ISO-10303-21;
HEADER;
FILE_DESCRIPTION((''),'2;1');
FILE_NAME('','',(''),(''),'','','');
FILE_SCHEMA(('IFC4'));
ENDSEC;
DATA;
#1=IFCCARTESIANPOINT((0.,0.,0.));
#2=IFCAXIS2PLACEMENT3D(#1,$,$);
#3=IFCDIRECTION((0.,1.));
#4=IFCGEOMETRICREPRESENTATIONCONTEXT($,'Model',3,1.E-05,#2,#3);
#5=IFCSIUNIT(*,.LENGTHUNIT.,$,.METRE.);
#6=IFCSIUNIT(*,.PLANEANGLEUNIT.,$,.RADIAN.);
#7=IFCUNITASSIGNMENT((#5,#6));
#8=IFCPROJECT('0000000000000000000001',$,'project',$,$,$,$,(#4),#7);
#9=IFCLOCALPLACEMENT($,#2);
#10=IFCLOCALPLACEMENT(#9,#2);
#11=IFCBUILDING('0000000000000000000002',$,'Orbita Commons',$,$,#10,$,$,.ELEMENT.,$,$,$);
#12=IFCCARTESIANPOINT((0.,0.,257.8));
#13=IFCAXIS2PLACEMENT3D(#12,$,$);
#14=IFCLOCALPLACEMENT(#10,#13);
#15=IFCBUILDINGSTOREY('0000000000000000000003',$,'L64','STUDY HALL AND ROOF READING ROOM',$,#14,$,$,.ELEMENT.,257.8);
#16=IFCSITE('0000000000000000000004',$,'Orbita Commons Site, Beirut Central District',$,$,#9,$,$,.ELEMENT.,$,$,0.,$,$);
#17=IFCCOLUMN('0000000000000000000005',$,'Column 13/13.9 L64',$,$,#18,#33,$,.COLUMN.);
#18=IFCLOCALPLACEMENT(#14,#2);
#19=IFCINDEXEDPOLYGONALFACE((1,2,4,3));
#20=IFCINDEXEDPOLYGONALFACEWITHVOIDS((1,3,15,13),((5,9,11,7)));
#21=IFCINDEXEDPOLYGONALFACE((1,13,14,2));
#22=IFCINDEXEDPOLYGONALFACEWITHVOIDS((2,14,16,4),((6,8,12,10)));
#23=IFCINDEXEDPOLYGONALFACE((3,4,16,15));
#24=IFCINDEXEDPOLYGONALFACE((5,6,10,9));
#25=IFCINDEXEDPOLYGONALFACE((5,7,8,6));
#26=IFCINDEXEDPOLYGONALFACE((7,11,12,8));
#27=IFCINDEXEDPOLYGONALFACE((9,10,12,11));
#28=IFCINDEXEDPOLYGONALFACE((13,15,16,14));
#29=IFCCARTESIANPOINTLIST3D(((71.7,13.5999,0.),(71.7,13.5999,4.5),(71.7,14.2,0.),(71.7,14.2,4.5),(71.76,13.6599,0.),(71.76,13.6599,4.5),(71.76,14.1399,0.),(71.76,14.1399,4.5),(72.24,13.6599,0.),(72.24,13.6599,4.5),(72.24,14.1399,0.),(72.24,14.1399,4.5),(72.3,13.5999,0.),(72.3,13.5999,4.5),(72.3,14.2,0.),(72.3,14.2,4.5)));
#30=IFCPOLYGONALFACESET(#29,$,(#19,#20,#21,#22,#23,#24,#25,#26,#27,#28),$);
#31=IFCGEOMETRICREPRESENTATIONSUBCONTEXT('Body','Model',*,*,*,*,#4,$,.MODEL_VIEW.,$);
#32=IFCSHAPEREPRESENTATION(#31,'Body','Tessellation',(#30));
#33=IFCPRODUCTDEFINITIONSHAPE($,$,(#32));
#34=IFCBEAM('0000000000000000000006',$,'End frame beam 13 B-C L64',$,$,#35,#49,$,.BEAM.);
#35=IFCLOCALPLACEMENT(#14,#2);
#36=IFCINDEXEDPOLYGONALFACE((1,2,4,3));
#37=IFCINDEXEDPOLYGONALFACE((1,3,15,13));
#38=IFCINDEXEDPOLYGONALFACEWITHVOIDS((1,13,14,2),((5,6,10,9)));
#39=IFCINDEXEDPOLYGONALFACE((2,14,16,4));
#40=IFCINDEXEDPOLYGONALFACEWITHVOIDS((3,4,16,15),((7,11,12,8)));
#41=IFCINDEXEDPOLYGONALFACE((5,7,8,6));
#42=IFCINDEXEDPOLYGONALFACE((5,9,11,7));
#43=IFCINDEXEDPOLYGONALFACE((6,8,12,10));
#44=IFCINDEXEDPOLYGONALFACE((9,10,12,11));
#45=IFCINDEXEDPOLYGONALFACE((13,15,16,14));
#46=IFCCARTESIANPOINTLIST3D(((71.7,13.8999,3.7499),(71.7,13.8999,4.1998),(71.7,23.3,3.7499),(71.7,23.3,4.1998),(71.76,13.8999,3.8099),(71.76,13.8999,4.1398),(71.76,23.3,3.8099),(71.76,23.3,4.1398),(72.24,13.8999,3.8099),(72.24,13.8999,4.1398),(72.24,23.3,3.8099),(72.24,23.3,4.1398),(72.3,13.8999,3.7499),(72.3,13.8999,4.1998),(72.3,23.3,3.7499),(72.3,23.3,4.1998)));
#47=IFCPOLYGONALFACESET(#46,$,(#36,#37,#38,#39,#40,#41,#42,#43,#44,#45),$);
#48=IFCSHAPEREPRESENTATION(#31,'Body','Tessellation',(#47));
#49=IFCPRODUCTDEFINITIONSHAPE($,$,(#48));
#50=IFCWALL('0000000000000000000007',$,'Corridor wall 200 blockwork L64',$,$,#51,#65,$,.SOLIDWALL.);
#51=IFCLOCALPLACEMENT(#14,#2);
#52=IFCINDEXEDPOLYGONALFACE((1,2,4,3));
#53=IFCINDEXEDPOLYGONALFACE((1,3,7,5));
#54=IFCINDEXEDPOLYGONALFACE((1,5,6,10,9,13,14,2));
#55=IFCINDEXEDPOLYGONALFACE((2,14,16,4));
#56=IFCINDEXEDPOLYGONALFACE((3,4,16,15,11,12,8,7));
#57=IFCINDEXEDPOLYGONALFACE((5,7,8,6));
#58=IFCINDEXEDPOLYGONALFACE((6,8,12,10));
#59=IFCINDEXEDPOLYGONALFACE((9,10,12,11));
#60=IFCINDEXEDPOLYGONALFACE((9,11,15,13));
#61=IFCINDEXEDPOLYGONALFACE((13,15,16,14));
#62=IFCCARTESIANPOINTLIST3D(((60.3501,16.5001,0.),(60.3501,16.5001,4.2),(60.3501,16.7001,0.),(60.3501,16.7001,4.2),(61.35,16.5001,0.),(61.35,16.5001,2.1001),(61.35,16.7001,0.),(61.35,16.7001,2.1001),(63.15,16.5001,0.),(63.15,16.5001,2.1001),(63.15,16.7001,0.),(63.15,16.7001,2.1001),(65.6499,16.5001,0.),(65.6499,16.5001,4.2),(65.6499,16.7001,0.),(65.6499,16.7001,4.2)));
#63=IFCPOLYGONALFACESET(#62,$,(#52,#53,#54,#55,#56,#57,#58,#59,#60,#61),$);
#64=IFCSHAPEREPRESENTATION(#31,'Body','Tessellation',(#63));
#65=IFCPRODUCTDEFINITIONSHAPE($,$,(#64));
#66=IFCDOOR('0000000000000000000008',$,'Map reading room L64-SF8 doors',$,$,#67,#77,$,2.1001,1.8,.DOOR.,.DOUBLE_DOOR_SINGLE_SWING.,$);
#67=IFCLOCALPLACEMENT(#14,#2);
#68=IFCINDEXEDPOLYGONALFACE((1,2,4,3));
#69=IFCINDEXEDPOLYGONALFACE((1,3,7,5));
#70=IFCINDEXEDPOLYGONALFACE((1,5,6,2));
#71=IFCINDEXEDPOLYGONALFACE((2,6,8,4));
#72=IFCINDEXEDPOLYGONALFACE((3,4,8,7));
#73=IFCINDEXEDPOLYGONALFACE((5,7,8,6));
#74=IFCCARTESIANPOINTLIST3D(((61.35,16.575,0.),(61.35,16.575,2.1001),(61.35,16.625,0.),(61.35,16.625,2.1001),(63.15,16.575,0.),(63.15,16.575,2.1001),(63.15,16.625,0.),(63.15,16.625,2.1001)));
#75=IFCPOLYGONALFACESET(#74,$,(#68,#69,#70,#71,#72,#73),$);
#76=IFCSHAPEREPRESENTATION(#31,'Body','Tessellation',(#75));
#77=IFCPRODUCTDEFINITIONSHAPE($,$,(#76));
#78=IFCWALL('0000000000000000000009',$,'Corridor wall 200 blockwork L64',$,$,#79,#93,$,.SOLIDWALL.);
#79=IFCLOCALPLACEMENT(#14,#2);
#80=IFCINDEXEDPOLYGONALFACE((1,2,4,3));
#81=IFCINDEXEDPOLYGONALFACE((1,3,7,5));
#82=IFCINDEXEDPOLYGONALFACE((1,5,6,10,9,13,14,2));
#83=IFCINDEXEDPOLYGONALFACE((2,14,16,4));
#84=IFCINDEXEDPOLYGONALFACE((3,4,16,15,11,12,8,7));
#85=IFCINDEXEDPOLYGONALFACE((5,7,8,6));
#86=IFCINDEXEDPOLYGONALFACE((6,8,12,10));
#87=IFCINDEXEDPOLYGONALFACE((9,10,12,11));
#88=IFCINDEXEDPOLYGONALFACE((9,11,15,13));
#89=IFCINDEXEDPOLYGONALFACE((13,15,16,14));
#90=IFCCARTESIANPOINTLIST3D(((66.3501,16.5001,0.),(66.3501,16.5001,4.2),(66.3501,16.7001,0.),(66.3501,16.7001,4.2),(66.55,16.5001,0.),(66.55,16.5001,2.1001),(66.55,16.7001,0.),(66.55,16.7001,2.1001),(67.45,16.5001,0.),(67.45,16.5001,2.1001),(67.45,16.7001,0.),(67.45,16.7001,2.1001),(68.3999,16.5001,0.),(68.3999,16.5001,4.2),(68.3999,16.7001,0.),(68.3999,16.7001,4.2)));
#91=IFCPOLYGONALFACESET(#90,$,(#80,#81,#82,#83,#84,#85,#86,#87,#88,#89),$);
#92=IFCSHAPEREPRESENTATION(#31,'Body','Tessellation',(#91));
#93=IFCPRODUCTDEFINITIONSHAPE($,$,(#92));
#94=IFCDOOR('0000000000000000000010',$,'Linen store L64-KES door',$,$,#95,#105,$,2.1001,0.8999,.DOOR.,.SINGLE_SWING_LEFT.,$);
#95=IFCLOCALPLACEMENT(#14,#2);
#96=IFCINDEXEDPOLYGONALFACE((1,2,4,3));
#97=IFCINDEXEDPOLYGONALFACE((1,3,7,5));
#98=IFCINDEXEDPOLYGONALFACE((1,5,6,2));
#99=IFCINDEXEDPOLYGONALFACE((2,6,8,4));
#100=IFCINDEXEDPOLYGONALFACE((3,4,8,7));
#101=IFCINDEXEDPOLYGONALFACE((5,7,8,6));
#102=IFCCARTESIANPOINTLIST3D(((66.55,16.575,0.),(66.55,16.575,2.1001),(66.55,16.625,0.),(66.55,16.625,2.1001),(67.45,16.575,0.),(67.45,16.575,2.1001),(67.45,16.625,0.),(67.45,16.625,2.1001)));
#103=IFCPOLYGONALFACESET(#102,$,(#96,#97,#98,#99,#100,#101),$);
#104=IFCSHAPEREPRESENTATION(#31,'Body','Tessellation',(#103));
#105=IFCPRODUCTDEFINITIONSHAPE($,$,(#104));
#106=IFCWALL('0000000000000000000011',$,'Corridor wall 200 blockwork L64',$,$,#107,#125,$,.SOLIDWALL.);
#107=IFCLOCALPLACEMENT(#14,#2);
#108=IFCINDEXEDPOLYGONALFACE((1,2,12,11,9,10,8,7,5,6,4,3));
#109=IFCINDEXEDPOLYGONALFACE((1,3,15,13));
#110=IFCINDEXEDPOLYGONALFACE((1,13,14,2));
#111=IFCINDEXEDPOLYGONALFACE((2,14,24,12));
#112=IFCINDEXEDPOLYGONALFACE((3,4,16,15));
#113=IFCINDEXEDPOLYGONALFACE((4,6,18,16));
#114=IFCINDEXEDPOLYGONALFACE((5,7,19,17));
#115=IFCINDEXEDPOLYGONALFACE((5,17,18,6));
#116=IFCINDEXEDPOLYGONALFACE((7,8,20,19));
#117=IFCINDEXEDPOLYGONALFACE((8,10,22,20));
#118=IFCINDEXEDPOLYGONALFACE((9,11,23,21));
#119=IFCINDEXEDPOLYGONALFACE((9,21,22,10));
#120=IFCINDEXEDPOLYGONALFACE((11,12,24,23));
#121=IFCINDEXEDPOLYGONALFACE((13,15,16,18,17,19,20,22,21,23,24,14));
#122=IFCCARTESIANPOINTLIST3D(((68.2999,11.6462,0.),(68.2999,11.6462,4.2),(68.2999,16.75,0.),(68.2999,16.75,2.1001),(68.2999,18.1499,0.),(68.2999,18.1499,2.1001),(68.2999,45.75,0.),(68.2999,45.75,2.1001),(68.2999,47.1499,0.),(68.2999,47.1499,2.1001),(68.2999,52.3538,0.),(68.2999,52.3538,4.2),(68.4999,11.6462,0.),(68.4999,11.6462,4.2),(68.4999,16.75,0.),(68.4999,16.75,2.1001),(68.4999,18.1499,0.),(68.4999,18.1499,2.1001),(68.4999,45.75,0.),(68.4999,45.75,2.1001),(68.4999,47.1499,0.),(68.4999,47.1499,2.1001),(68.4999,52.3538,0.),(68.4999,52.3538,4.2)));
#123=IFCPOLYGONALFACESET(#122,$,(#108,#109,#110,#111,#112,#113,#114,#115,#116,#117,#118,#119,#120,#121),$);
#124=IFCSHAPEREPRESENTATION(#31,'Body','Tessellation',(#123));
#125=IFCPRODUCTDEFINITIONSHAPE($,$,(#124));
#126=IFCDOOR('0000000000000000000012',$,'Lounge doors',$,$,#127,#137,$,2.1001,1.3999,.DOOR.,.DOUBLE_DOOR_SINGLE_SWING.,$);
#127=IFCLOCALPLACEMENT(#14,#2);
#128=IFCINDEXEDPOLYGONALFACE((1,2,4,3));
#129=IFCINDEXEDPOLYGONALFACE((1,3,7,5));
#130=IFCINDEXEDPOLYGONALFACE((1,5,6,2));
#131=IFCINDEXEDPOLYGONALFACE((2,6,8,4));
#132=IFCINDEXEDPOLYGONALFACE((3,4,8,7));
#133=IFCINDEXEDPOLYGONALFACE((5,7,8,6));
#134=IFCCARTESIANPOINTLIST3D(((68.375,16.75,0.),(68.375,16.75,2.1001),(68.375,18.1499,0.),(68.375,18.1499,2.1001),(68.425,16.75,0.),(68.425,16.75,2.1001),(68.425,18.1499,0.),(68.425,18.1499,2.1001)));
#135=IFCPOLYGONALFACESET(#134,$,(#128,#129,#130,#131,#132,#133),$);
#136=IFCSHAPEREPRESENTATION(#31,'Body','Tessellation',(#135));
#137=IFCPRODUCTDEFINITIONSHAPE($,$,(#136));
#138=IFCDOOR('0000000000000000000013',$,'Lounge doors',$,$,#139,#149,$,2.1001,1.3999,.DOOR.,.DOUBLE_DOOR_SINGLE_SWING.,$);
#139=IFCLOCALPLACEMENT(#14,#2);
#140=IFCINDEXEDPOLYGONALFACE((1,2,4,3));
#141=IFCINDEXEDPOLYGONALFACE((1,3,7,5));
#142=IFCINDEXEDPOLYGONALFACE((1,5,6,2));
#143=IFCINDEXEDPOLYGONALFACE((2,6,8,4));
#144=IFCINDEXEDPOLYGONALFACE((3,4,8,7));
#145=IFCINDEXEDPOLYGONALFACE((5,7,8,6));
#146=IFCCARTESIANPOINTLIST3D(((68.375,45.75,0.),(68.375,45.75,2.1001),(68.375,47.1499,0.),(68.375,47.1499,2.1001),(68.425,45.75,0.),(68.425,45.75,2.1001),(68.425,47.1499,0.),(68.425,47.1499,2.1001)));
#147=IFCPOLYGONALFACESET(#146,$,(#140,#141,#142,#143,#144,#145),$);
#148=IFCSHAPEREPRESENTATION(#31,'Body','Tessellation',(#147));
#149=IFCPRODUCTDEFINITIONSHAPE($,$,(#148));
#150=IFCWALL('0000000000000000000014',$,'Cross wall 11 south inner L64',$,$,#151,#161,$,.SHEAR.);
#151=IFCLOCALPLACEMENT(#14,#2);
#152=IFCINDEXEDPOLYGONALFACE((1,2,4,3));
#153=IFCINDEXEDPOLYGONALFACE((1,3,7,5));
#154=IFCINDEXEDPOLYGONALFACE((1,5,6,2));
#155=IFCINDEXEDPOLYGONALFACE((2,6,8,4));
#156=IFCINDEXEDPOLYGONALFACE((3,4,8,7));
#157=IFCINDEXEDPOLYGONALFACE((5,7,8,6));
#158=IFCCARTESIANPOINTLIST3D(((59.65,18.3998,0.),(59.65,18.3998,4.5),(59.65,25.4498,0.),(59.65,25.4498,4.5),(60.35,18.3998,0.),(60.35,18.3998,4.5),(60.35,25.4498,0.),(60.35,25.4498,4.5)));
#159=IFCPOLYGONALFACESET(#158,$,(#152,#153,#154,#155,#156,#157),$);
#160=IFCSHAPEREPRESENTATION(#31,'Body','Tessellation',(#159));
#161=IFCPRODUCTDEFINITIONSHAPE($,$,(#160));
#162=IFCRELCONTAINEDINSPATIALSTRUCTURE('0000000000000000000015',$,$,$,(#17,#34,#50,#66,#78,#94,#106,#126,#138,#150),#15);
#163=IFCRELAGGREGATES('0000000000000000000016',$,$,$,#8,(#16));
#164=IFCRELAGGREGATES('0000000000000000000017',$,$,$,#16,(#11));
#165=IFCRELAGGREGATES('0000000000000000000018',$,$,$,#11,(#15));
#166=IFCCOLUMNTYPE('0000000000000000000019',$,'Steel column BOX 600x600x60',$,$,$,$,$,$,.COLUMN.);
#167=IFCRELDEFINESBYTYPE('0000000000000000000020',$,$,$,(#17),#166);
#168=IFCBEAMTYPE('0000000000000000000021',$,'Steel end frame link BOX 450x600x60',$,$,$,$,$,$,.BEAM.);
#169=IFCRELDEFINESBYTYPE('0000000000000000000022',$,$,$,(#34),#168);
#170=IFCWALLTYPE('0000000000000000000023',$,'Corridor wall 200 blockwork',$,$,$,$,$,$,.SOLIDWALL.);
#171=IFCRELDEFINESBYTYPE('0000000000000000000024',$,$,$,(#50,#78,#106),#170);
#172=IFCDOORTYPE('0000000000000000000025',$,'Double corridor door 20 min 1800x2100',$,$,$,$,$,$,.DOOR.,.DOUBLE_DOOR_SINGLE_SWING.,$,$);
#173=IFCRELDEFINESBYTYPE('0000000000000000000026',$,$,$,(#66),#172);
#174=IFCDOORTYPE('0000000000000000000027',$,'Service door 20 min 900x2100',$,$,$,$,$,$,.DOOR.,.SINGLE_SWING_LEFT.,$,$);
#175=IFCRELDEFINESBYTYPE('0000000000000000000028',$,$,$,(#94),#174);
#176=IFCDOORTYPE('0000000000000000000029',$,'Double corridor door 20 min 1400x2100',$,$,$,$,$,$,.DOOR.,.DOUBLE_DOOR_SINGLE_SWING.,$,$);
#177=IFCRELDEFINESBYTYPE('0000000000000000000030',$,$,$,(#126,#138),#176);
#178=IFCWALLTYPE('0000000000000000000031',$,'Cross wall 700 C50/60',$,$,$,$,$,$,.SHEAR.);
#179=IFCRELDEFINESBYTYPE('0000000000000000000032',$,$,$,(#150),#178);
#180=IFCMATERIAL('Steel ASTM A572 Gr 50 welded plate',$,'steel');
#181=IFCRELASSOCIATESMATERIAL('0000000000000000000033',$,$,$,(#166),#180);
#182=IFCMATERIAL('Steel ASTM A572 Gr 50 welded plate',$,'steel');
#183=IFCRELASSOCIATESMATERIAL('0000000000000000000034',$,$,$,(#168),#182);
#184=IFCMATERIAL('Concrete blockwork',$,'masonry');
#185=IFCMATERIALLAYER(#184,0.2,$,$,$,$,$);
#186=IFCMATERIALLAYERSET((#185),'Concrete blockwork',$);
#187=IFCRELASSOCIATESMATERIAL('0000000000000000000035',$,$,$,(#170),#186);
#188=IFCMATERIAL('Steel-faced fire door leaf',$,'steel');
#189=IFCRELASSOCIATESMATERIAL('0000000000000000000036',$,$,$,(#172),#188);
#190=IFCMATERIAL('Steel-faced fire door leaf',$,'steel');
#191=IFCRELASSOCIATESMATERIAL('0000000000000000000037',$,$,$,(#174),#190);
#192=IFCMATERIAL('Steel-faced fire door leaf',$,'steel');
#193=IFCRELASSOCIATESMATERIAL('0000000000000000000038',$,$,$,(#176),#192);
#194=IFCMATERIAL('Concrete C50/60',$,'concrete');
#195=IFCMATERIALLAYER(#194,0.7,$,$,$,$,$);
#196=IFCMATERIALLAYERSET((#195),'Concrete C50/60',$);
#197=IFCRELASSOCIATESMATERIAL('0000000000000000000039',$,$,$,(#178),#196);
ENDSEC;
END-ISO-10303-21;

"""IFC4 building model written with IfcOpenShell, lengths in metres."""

from ifc_helpers import new_model, si_unit, direction, frame, frame_2d, origin, origin_2d, place, context, subcontext, project, spatial, rectangle, hollow_rectangle, extrude, material, layer, layer_set, material_profile, profile_set, type_object, element, fill, save


model = new_model("IFC4")

# Units and contexts
model_context = context("Model", 3, precision=1e-05, world=origin(), true_north=direction((0.0, 1.0)))
body_context = subcontext(model_context, "Body", "Model", "MODEL_VIEW")
ifc_project = project(units=[si_unit("LENGTHUNIT", "METRE"), si_unit("PLANEANGLEUNIT", "RADIAN")], contexts=[model_context])

# Site, building, storey
site_placement = place(None, origin())
site = spatial("IfcSite", under=ifc_project, at=site_placement, Name="Orbita Commons Site, Beirut Central District", CompositionType="ELEMENT", RefElevation=0.0)
building_placement = place(site_placement, origin())
building = spatial("IfcBuilding", under=site, at=building_placement, Name="Orbita Commons", CompositionType="ELEMENT")
storey_placement = place(building_placement, frame((0.0, 0.0, 257.8)))
storey = spatial("IfcBuildingStorey", under=building, at=storey_placement, Name="L64", Description="STUDY HALL AND ROOF READING ROOM", CompositionType="ELEMENT", Elevation=257.8)

# Column
ifc_material_1 = material(Name="Steel ASTM A572 Gr 50 welded plate", Category="steel")
ifc_material_profile_1 = material_profile(ifc_material_1, hollow_rectangle(XDim=0.6001, YDim=0.6001, WallThickness=0.0601, at=origin_2d()), Name="BOX 600x600x60")
ifc_profile_set_1 = profile_set([ifc_material_profile_1], Name="Steel ASTM A572 Gr 50 welded plate")
column_type = type_object("IfcColumnType", Name="Steel column BOX 600x600x60", PredefinedType="COLUMN", material=ifc_profile_set_1)
column_placement = place(storey_placement, frame((72.0, 13.8999, 0.0), z_axis=(0.0, 0.0, 1.0), x_axis=(1.0, 0.0, 0.0)))
element("IfcColumn", 1, at=column_placement, inside=storey, type_object=column_type, Name="Column 13/13.9 L64", PredefinedType="COLUMN", context=body_context, shape_type="SweptSolid", body=[
    extrude(hollow_rectangle(XDim=0.6001, YDim=0.6001, WallThickness=0.0601, at=origin_2d()), origin(), (0.0, 0.0, 1.0), 4.5),
])

# Beam
ifc_material_2 = material(Name="Steel ASTM A572 Gr 50 welded plate", Category="steel")
ifc_material_profile_2 = material_profile(ifc_material_2, hollow_rectangle(XDim=0.6001, YDim=0.45, WallThickness=0.0601, at=origin_2d()), Name="BOX 450x600x60")
ifc_profile_set_2 = profile_set([ifc_material_profile_2], Name="Steel ASTM A572 Gr 50 welded plate")
beam_type = type_object("IfcBeamType", Name="Steel end frame link BOX 450x600x60", PredefinedType="BEAM", material=ifc_profile_set_2)
beam_placement = place(storey_placement, frame((72.0, 13.8999, 3.9749), z_axis=(0.0, 1.0, 0.0), x_axis=(-1.0, 0.0, 0.0)))
element("IfcBeam", 2, at=beam_placement, inside=storey, type_object=beam_type, Name="End frame beam 13 B-C L64", PredefinedType="BEAM", context=body_context, shape_type="SweptSolid", body=[
    extrude(hollow_rectangle(XDim=0.6001, YDim=0.45, WallThickness=0.0601, at=origin_2d()), origin(), (0.0, 0.0, 1.0), 9.4001),
])

# Walls, openings, doors
ifc_material_3 = material(Name="Concrete blockwork", Category="masonry")
ifc_layer_1 = layer(ifc_material_3, 0.2)
ifc_layer_set_1 = layer_set([ifc_layer_1], Name="Concrete blockwork")
wall_type_1 = type_object("IfcWallType", Name="Corridor wall 200 blockwork", PredefinedType="SOLIDWALL", material=ifc_layer_set_1)
wall_1_placement = place(storey_placement, frame((60.3501, 16.6001, 0.0), z_axis=(0.0, 0.0, 1.0), x_axis=(1.0, 0.0, 0.0)))
wall_1 = element("IfcWall", 3, at=wall_1_placement, inside=storey, type_object=wall_type_1, Name="Corridor wall 200 blockwork L64", PredefinedType="SOLIDWALL", context=body_context, shape_type="SweptSolid", body=[
    extrude(rectangle(XDim=5.2998, YDim=0.2, at=frame_2d((2.6499, 0.0))), origin(), (0.0, 0.0, 1.0), 4.2),
])
opening_1_placement = place(wall_1_placement, frame((1.0, 0.0, 0.0)))
opening_1 = element("IfcOpeningElement", 4, at=opening_1_placement, cuts=wall_1, PredefinedType="OPENING", context=body_context, shape_type="SweptSolid", body=[
    extrude(rectangle(XDim=1.8, YDim=2.1001, at=frame_2d((0.8999, 1.05))), frame((0.0, 0.1099, 0.0), z_axis=(0.0, -1.0, 0.0), x_axis=(1.0, 0.0, 0.0)), (0.0, 0.0, 1.0), 0.22),
])
ifc_material_4 = material(Name="Steel-faced fire door leaf", Category="steel")
door_type_1 = type_object("IfcDoorType", Name="Double corridor door 20 min 1800x2100", OperationType="DOUBLE_DOOR_SINGLE_SWING", PredefinedType="DOOR", material=ifc_material_4)
door_1_placement = place(opening_1_placement, origin())
door_1 = element("IfcDoor", 5, at=door_1_placement, inside=storey, type_object=door_type_1, Name="Map reading room L64-SF8 doors", OperationType="DOUBLE_DOOR_SINGLE_SWING", OverallHeight=2.1001, OverallWidth=1.8, PredefinedType="DOOR", context=body_context, shape_type="SweptSolid", body=[
    extrude(rectangle(XDim=1.8, YDim=2.1001, at=frame_2d((0.8999, 1.05))), frame((0.0, 0.0249, 0.0), z_axis=(0.0, -1.0, 0.0), x_axis=(1.0, 0.0, 0.0)), (0.0, 0.0, 1.0), 0.05),
])
fill(opening_1, door_1)
wall_2_placement = place(storey_placement, frame((66.3501, 16.6001, 0.0), z_axis=(0.0, 0.0, 1.0), x_axis=(1.0, 0.0, 0.0)))
wall_2 = element("IfcWall", 6, at=wall_2_placement, inside=storey, type_object=wall_type_1, Name="Corridor wall 200 blockwork L64", PredefinedType="SOLIDWALL", context=body_context, shape_type="SweptSolid", body=[
    extrude(rectangle(XDim=2.0498, YDim=0.2, at=frame_2d((1.0249, 0.0))), origin(), (0.0, 0.0, 1.0), 4.2),
])
opening_2_placement = place(wall_2_placement, frame((0.2, 0.0, 0.0)))
opening_2 = element("IfcOpeningElement", 7, at=opening_2_placement, cuts=wall_2, PredefinedType="OPENING", context=body_context, shape_type="SweptSolid", body=[
    extrude(rectangle(XDim=0.8999, YDim=2.1001, at=frame_2d((0.45, 1.05))), frame((0.0, 0.1099, 0.0), z_axis=(0.0, -1.0, 0.0), x_axis=(1.0, 0.0, 0.0)), (0.0, 0.0, 1.0), 0.22),
])
ifc_material_5 = material(Name="Steel-faced fire door leaf", Category="steel")
door_type_2 = type_object("IfcDoorType", Name="Service door 20 min 900x2100", OperationType="SINGLE_SWING_LEFT", PredefinedType="DOOR", material=ifc_material_5)
door_2_placement = place(opening_2_placement, origin())
door_2 = element("IfcDoor", 8, at=door_2_placement, inside=storey, type_object=door_type_2, Name="Linen store L64-KES door", OperationType="SINGLE_SWING_LEFT", OverallHeight=2.1001, OverallWidth=0.8999, PredefinedType="DOOR", context=body_context, shape_type="SweptSolid", body=[
    extrude(rectangle(XDim=0.8999, YDim=2.1001, at=frame_2d((0.45, 1.05))), frame((0.0, 0.0249, 0.0), z_axis=(0.0, -1.0, 0.0), x_axis=(1.0, 0.0, 0.0)), (0.0, 0.0, 1.0), 0.05),
])
fill(opening_2, door_2)

# Wall, openings, doors
wall_3_placement = place(storey_placement, frame((68.3999, 11.6462, 0.0), z_axis=(0.0, 0.0, 1.0), x_axis=(0.0, 1.0, 0.0)))
wall_3 = element("IfcWall", 9, at=wall_3_placement, inside=storey, type_object=wall_type_1, Name="Corridor wall 200 blockwork L64", PredefinedType="SOLIDWALL", context=body_context, shape_type="SweptSolid", body=[
    extrude(rectangle(XDim=40.7075, YDim=0.2, at=frame_2d((20.3538, 0.0))), origin(), (0.0, 0.0, 1.0), 4.2),
])
opening_3_placement = place(wall_3_placement, frame((5.1038, 0.0, 0.0)))
opening_3 = element("IfcOpeningElement", 10, at=opening_3_placement, cuts=wall_3, PredefinedType="OPENING", context=body_context, shape_type="SweptSolid", body=[
    extrude(rectangle(XDim=1.3999, YDim=2.1001, at=frame_2d((0.7, 1.05))), frame((0.0, 0.1099, 0.0), z_axis=(0.0, -1.0, 0.0), x_axis=(1.0, 0.0, 0.0)), (0.0, 0.0, 1.0), 0.22),
])
opening_4_placement = place(wall_3_placement, frame((34.1038, 0.0, 0.0)))
opening_4 = element("IfcOpeningElement", 11, at=opening_4_placement, cuts=wall_3, PredefinedType="OPENING", context=body_context, shape_type="SweptSolid", body=[
    extrude(rectangle(XDim=1.3999, YDim=2.1001, at=frame_2d((0.7, 1.05))), frame((0.0, 0.1099, 0.0), z_axis=(0.0, -1.0, 0.0), x_axis=(1.0, 0.0, 0.0)), (0.0, 0.0, 1.0), 0.22),
])
ifc_material_6 = material(Name="Steel-faced fire door leaf", Category="steel")
door_type_3 = type_object("IfcDoorType", Name="Double corridor door 20 min 1400x2100", OperationType="DOUBLE_DOOR_SINGLE_SWING", PredefinedType="DOOR", material=ifc_material_6)
door_3_placement = place(opening_3_placement, origin())
door_3 = element("IfcDoor", 12, at=door_3_placement, inside=storey, type_object=door_type_3, Name="Lounge doors", OperationType="DOUBLE_DOOR_SINGLE_SWING", OverallHeight=2.1001, OverallWidth=1.3999, PredefinedType="DOOR", context=body_context, shape_type="SweptSolid", body=[
    extrude(rectangle(XDim=1.3999, YDim=2.1001, at=frame_2d((0.7, 1.05))), frame((0.0, 0.0249, 0.0), z_axis=(0.0, -1.0, 0.0), x_axis=(1.0, 0.0, 0.0)), (0.0, 0.0, 1.0), 0.05),
])
fill(opening_3, door_3)
door_4_placement = place(opening_4_placement, origin())
door_4 = element("IfcDoor", 13, at=door_4_placement, inside=storey, type_object=door_type_3, Name="Lounge doors", OperationType="DOUBLE_DOOR_SINGLE_SWING", OverallHeight=2.1001, OverallWidth=1.3999, PredefinedType="DOOR", context=body_context, shape_type="SweptSolid", body=[
    extrude(rectangle(XDim=1.3999, YDim=2.1001, at=frame_2d((0.7, 1.05))), frame((0.0, 0.0249, 0.0), z_axis=(0.0, -1.0, 0.0), x_axis=(1.0, 0.0, 0.0)), (0.0, 0.0, 1.0), 0.05),
])
fill(opening_4, door_4)

# Wall
ifc_material_7 = material(Name="Concrete C50/60", Category="concrete")
ifc_layer_2 = layer(ifc_material_7, 0.7)
ifc_layer_set_2 = layer_set([ifc_layer_2], Name="Concrete C50/60")
wall_type_2 = type_object("IfcWallType", Name="Cross wall 700 C50/60", PredefinedType="SHEAR", material=ifc_layer_set_2)
wall_4_placement = place(storey_placement, frame((60.0, 18.3999, 0.0), z_axis=(0.0, 0.0, 1.0), x_axis=(0.0, 1.0, 0.0)))
element("IfcWall", 14, at=wall_4_placement, inside=storey, type_object=wall_type_2, Name="Cross wall 11 south inner L64", PredefinedType="SHEAR", context=body_context, shape_type="SweptSolid", body=[
    extrude(rectangle(XDim=7.05, YDim=0.7, at=frame_2d((3.5249, 0.0))), origin(), (0.0, 0.0, 1.0), 4.5),
])

save(model, "model.ifc")
